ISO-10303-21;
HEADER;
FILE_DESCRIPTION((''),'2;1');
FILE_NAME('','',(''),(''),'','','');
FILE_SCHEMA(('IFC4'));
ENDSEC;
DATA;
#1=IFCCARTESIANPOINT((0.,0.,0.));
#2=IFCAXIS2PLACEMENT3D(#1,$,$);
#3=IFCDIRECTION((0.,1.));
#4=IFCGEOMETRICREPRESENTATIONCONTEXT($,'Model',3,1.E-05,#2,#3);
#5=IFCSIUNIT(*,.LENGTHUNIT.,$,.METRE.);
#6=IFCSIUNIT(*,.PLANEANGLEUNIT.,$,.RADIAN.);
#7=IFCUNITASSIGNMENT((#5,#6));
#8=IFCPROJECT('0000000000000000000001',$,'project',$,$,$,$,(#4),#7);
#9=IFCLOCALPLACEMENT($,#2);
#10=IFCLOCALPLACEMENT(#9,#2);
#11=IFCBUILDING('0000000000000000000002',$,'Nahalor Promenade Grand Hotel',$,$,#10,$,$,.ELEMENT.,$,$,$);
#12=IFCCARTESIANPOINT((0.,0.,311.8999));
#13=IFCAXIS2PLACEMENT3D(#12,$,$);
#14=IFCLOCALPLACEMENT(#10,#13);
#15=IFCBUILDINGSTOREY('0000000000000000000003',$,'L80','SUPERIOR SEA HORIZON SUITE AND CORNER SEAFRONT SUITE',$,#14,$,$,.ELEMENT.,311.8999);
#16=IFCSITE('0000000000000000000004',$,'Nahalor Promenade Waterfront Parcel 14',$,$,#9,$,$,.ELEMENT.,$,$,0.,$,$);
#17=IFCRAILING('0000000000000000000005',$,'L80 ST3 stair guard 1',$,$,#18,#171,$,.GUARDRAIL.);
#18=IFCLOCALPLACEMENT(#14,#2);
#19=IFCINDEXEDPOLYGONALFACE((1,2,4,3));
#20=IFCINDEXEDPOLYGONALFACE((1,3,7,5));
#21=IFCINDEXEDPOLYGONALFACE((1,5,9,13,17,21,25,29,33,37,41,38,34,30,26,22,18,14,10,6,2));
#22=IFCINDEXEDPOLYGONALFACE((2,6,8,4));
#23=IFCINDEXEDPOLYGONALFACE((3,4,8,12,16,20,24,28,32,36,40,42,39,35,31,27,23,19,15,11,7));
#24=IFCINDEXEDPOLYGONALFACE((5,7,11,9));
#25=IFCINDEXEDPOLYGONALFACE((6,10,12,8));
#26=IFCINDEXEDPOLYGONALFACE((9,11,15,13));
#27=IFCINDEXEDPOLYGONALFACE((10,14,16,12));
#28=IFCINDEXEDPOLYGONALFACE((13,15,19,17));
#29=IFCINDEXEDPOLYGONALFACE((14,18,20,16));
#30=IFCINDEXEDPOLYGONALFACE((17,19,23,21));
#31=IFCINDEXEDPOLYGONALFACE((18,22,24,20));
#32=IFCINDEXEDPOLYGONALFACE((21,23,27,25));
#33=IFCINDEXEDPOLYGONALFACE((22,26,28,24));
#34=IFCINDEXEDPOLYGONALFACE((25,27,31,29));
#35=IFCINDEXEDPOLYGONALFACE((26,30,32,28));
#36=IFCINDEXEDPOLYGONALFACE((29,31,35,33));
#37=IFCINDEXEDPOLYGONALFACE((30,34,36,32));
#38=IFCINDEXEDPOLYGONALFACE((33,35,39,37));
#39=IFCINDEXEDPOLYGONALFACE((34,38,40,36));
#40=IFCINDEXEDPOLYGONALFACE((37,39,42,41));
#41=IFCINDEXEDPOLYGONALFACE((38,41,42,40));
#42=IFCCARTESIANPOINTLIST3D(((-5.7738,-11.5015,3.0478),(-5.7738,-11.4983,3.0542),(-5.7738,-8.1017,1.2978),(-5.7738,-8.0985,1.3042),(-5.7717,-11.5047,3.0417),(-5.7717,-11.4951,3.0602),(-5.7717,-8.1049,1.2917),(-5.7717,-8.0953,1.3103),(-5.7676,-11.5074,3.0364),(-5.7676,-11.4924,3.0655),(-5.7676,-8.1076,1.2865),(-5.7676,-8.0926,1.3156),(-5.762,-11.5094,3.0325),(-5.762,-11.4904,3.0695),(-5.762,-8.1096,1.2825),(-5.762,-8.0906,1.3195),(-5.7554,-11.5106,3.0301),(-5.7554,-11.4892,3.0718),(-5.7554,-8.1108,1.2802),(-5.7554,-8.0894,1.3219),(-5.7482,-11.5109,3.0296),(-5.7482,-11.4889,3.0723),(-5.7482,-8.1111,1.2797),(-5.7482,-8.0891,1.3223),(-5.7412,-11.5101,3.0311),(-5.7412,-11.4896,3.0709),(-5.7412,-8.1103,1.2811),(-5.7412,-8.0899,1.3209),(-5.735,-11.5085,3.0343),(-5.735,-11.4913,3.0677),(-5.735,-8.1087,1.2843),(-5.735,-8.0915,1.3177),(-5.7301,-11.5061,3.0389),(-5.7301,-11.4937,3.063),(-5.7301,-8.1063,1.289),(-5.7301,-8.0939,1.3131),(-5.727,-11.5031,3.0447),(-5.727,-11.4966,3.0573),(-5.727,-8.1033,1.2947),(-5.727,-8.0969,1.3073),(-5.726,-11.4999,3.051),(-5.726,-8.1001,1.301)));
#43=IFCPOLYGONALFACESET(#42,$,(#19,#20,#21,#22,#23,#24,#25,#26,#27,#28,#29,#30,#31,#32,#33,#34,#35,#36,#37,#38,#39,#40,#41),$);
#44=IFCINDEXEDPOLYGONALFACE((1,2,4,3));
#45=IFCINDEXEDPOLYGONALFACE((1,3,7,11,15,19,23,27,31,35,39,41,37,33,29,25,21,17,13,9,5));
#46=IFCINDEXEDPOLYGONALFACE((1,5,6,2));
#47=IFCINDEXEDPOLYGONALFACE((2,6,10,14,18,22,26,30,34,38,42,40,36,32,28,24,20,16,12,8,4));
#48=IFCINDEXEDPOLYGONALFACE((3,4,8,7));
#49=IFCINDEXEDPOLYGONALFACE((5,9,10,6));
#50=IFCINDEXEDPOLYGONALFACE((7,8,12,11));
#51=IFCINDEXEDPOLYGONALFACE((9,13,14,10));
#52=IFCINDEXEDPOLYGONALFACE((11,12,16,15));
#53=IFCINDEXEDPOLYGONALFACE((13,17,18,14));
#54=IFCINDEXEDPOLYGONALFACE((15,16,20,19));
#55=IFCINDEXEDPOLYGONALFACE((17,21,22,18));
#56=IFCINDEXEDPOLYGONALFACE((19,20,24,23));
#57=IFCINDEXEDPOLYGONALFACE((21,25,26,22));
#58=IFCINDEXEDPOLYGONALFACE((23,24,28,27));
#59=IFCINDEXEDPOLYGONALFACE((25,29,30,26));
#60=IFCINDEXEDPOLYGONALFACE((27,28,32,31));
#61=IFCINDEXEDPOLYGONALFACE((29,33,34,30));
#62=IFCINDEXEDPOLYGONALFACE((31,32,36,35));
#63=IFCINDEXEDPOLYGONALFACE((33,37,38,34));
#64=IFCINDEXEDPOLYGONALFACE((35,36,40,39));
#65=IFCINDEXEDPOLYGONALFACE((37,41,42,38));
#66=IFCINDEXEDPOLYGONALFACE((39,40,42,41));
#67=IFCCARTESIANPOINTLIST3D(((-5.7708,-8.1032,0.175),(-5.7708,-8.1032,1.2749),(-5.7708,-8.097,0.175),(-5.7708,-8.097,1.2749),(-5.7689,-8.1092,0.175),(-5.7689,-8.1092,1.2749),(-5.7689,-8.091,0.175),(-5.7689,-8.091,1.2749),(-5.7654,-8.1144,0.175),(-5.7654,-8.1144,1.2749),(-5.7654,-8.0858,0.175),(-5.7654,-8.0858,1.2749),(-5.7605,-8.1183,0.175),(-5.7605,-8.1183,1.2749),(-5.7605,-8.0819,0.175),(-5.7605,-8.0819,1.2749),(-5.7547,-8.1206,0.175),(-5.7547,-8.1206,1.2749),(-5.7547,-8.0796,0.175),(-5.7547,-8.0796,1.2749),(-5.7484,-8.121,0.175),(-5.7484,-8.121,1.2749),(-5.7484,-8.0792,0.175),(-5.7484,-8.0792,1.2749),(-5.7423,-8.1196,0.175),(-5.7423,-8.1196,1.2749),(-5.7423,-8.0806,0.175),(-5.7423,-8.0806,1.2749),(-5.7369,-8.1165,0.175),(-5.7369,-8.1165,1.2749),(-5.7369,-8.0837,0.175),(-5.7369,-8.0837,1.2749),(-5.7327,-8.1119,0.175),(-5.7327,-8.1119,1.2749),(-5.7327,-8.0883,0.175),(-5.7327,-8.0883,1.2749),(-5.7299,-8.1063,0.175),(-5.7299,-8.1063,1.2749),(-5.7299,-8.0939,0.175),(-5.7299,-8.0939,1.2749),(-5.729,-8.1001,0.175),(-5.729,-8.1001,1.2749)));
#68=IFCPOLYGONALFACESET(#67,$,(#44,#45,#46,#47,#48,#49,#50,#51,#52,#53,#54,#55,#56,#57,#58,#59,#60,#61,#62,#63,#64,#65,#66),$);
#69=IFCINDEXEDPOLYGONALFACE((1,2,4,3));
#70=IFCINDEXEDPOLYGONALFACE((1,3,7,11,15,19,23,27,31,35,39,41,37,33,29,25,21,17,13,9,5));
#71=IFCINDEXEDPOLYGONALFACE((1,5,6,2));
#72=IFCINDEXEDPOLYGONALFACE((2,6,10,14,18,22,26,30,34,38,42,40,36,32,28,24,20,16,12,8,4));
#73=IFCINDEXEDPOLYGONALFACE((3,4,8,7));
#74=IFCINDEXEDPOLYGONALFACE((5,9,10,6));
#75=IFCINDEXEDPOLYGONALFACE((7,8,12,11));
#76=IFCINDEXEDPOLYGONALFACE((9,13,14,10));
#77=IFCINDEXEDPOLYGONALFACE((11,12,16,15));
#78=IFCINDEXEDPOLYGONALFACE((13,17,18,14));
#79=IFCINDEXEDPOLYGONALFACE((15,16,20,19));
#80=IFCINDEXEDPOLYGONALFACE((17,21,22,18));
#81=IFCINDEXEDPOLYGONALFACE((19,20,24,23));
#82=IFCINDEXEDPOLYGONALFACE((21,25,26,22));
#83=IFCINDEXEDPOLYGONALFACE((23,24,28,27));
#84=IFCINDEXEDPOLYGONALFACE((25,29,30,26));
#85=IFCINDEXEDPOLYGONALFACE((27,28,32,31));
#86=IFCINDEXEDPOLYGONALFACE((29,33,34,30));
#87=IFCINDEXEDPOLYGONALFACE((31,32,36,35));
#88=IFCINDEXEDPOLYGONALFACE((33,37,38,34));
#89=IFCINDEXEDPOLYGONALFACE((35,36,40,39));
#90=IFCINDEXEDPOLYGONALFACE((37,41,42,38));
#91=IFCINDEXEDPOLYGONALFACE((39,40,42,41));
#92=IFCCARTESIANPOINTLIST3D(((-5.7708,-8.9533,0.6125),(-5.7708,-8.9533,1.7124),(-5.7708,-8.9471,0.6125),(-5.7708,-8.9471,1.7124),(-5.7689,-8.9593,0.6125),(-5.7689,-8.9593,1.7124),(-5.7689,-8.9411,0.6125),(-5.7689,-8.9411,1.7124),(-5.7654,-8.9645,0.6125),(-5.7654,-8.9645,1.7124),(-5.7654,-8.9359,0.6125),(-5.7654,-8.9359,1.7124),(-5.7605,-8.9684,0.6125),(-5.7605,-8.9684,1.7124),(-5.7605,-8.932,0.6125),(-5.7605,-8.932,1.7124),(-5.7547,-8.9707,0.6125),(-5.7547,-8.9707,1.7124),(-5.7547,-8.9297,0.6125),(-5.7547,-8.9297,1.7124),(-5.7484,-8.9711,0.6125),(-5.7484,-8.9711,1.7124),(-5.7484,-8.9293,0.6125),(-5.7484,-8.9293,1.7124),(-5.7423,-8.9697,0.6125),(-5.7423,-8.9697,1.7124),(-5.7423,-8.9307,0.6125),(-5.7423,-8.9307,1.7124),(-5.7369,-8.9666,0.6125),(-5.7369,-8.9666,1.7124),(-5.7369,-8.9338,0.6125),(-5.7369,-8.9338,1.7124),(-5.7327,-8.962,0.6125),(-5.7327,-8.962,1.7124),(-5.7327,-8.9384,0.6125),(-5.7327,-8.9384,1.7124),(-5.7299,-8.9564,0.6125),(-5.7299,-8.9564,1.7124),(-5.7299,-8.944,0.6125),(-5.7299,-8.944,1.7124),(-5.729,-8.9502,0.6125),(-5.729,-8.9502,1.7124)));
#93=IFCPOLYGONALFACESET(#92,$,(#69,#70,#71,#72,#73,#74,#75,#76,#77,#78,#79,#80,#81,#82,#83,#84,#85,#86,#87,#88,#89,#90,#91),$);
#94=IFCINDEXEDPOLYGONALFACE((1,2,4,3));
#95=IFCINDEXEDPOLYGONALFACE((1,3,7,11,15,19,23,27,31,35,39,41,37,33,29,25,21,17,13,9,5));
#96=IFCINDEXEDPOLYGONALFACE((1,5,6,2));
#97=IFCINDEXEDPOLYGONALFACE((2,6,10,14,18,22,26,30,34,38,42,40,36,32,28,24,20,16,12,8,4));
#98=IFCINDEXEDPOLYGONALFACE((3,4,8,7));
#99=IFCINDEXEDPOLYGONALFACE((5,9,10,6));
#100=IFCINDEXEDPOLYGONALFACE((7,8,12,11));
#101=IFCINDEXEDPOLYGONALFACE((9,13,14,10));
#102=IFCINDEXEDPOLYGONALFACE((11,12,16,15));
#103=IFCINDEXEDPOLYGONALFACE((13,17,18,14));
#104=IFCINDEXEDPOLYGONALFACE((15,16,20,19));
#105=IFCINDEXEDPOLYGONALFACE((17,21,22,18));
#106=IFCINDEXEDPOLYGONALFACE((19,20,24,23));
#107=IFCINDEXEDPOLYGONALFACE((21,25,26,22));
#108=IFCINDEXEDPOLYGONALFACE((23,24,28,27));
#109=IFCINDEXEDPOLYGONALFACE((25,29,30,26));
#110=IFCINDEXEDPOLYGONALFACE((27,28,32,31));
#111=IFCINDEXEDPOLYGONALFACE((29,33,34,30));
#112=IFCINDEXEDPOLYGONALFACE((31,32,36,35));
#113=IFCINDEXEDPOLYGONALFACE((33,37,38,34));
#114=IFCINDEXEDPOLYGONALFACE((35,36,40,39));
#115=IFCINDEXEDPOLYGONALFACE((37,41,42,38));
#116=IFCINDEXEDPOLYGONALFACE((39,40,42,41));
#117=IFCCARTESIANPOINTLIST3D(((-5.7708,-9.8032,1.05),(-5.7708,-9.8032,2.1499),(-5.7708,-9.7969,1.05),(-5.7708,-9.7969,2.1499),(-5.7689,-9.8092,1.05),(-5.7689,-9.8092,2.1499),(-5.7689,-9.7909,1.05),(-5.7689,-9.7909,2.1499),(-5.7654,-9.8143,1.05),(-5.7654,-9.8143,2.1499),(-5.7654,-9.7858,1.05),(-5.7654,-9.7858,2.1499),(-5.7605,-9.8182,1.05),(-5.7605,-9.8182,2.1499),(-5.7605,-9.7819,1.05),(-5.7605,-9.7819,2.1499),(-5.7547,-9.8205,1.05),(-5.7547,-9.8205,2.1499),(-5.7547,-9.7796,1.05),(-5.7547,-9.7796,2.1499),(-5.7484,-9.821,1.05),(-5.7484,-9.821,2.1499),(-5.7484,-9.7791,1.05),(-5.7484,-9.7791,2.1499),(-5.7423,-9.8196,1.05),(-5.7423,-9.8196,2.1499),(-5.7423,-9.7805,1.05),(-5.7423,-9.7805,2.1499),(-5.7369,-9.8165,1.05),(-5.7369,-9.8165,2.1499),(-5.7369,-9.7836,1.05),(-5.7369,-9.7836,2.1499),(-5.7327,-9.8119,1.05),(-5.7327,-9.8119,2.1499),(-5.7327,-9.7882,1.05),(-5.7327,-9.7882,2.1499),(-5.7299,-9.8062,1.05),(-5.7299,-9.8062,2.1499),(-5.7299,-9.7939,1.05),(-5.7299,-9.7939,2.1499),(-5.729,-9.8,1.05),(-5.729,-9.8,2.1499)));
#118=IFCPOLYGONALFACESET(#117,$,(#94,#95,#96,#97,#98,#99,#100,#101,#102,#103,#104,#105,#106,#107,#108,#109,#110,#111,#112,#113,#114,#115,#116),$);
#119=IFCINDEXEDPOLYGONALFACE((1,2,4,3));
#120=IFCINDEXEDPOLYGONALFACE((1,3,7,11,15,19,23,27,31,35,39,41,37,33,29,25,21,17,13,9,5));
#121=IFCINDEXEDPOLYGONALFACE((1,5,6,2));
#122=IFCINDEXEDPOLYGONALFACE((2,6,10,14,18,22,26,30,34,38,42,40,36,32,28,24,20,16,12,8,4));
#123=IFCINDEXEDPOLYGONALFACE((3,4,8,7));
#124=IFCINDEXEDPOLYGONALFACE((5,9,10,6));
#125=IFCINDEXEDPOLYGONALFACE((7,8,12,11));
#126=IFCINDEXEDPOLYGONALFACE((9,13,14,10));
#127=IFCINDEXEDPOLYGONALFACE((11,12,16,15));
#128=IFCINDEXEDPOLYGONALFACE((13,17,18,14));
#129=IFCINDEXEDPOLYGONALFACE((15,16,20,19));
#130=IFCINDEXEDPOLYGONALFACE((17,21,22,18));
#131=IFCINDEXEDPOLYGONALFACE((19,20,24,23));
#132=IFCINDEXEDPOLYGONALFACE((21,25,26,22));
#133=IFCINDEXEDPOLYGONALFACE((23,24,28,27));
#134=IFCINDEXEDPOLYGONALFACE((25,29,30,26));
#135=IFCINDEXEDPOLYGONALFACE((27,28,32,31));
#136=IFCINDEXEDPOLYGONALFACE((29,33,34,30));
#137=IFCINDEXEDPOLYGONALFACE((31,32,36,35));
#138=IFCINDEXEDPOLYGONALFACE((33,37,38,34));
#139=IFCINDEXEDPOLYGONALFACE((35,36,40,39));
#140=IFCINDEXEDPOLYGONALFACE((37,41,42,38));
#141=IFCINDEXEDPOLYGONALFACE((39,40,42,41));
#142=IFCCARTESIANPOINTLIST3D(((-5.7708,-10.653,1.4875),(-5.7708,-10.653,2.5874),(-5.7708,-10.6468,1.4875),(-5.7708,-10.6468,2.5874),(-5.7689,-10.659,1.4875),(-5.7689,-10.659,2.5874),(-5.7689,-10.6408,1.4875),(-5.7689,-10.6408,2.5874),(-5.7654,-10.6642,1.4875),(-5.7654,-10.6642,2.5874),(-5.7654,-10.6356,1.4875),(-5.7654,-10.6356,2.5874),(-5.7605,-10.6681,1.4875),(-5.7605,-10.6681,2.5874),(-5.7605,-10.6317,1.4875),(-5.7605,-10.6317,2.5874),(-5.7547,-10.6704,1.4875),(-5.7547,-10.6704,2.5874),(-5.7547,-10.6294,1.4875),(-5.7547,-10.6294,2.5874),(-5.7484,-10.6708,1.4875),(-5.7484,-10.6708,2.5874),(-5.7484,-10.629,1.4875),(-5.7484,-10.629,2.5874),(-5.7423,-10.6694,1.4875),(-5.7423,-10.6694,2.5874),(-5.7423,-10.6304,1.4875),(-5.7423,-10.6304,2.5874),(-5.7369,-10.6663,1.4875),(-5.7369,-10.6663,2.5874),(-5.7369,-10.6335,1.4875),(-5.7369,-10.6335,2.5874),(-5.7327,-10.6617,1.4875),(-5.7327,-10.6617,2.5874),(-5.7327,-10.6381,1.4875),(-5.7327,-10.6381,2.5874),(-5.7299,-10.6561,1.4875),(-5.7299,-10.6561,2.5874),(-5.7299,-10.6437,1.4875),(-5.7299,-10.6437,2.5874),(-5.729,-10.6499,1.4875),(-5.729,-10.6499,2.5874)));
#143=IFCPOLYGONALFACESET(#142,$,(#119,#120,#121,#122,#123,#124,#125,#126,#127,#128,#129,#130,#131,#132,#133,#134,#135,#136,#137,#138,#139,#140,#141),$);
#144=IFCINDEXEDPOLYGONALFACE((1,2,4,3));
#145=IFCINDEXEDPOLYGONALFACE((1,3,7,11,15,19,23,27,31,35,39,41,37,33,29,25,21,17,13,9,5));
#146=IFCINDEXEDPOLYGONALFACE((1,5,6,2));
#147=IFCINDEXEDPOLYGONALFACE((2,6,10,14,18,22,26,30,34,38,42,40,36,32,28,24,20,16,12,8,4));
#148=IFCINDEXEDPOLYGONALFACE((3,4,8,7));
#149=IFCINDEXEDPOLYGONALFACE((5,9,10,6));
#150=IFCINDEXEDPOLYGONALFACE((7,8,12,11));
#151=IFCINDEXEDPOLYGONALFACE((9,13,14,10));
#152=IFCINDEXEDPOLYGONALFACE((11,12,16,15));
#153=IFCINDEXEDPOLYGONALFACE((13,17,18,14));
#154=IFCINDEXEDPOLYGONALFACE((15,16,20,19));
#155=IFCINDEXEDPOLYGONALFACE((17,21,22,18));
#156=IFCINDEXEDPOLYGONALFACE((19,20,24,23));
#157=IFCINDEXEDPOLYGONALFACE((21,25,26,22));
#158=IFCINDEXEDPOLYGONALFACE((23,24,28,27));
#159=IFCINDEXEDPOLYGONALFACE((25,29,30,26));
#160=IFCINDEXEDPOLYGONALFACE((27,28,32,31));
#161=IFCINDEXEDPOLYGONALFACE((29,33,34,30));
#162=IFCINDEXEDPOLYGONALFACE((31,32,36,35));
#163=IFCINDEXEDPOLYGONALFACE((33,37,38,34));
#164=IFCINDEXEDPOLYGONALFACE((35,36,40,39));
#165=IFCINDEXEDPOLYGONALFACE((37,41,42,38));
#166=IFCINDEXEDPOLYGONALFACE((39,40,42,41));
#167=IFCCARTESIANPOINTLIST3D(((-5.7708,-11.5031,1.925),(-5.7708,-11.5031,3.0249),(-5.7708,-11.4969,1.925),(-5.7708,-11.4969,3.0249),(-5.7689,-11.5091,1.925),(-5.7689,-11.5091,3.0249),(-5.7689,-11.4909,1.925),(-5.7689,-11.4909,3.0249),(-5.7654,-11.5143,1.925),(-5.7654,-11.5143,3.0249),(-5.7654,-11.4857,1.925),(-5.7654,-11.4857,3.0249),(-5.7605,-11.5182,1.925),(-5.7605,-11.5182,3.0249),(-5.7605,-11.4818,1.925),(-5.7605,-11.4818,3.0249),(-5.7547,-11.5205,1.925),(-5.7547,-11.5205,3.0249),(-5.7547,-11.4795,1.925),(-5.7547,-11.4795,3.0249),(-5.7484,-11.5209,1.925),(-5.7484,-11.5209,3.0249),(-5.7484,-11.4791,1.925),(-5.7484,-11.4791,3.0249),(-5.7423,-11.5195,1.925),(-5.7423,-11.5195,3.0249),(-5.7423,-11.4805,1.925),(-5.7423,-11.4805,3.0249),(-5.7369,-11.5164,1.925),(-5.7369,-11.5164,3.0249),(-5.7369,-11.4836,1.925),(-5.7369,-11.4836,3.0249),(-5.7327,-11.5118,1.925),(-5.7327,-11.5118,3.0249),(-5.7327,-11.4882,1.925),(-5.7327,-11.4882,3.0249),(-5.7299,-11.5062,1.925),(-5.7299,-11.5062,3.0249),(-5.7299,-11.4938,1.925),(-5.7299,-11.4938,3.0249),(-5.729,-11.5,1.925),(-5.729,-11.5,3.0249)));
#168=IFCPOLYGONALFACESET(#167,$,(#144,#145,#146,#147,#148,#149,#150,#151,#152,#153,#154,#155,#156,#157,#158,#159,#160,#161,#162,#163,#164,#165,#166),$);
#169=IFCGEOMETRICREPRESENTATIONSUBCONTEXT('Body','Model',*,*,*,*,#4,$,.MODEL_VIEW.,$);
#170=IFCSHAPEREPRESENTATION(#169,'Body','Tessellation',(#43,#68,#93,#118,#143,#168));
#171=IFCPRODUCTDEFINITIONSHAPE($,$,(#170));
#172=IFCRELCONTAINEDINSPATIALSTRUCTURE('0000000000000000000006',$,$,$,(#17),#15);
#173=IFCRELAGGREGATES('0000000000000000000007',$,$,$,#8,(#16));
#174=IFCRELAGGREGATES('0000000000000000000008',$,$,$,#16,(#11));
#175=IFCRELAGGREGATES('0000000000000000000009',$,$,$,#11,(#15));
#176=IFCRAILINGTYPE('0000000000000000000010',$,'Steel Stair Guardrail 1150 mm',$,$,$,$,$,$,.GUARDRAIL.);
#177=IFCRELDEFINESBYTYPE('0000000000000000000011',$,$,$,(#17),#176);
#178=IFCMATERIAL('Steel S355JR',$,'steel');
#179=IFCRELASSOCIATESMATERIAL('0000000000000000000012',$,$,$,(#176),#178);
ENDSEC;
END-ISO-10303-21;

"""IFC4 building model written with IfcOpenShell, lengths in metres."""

from ifc_helpers import new_model, si_unit, direction, frame, origin, origin_2d, place, context, subcontext, project, spatial, circle, extrude, material, type_object, element, save


model = new_model("IFC4")

# Units and contexts
model_context = context("Model", 3, precision=1e-05, world=origin(), true_north=direction((0.0, 1.0)))
body_context = subcontext(model_context, "Body", "Model", "MODEL_VIEW")
ifc_project = project(units=[si_unit("LENGTHUNIT", "METRE"), si_unit("PLANEANGLEUNIT", "RADIAN")], contexts=[model_context])

# Site, building, storey
site_placement = place(None, origin())
site = spatial("IfcSite", under=ifc_project, at=site_placement, Name="Nahalor Promenade Waterfront Parcel 14", CompositionType="ELEMENT", RefElevation=0.0)
building_placement = place(site_placement, origin())
building = spatial("IfcBuilding", under=site, at=building_placement, Name="Nahalor Promenade Grand Hotel", CompositionType="ELEMENT")
storey_placement = place(building_placement, frame((0.0, 0.0, 311.8999)))
storey = spatial("IfcBuildingStorey", under=building, at=storey_placement, Name="L80", Description="SUPERIOR SEA HORIZON SUITE AND CORNER SEAFRONT SUITE", CompositionType="ELEMENT", Elevation=311.8999)

# Shared definitions
ifc_material_1 = material(Name="Steel S355JR", Category="steel")

# Railing
railing_type_1 = type_object("IfcRailingType", Name="Steel Stair Guardrail 1150 mm", PredefinedType="GUARDRAIL", material=ifc_material_1)
railing_1_placement = place(storey_placement, frame((-5.75, -8.1001, 0.175)))
element("IfcRailing", 1, at=railing_1_placement, inside=storey, type_object=railing_type_1, Name="L80 ST3 stair guard 1", PredefinedType="GUARDRAIL", context=body_context, shape_type="SweptSolid", body=[
    extrude(circle(Radius=0.024, at=origin_2d()), frame((0.0, 0.0, 1.126), z_axis=(0.0, -0.88913, 0.457654), x_axis=(1.0, 0.0, 0.0)), (0.0, 0.0, 1.0), 3.8237),
    extrude(circle(Radius=0.021, at=origin_2d()), origin(), (0.0, 0.0, 1.0), 1.0999),
    extrude(circle(Radius=0.021, at=origin_2d()), frame((0.0, -0.8501, 0.4375)), (0.0, 0.0, 1.0), 1.0999),
    extrude(circle(Radius=0.021, at=origin_2d()), frame((0.0, -1.7, 0.875)), (0.0, 0.0, 1.0), 1.0999),
    extrude(circle(Radius=0.021, at=origin_2d()), frame((0.0, -2.5498, 1.3125)), (0.0, 0.0, 1.0), 1.0999),
    extrude(circle(Radius=0.021, at=origin_2d()), frame((0.0, -3.3999, 1.75)), (0.0, 0.0, 1.0), 1.0999),
])

save(model, "model.ifc")
